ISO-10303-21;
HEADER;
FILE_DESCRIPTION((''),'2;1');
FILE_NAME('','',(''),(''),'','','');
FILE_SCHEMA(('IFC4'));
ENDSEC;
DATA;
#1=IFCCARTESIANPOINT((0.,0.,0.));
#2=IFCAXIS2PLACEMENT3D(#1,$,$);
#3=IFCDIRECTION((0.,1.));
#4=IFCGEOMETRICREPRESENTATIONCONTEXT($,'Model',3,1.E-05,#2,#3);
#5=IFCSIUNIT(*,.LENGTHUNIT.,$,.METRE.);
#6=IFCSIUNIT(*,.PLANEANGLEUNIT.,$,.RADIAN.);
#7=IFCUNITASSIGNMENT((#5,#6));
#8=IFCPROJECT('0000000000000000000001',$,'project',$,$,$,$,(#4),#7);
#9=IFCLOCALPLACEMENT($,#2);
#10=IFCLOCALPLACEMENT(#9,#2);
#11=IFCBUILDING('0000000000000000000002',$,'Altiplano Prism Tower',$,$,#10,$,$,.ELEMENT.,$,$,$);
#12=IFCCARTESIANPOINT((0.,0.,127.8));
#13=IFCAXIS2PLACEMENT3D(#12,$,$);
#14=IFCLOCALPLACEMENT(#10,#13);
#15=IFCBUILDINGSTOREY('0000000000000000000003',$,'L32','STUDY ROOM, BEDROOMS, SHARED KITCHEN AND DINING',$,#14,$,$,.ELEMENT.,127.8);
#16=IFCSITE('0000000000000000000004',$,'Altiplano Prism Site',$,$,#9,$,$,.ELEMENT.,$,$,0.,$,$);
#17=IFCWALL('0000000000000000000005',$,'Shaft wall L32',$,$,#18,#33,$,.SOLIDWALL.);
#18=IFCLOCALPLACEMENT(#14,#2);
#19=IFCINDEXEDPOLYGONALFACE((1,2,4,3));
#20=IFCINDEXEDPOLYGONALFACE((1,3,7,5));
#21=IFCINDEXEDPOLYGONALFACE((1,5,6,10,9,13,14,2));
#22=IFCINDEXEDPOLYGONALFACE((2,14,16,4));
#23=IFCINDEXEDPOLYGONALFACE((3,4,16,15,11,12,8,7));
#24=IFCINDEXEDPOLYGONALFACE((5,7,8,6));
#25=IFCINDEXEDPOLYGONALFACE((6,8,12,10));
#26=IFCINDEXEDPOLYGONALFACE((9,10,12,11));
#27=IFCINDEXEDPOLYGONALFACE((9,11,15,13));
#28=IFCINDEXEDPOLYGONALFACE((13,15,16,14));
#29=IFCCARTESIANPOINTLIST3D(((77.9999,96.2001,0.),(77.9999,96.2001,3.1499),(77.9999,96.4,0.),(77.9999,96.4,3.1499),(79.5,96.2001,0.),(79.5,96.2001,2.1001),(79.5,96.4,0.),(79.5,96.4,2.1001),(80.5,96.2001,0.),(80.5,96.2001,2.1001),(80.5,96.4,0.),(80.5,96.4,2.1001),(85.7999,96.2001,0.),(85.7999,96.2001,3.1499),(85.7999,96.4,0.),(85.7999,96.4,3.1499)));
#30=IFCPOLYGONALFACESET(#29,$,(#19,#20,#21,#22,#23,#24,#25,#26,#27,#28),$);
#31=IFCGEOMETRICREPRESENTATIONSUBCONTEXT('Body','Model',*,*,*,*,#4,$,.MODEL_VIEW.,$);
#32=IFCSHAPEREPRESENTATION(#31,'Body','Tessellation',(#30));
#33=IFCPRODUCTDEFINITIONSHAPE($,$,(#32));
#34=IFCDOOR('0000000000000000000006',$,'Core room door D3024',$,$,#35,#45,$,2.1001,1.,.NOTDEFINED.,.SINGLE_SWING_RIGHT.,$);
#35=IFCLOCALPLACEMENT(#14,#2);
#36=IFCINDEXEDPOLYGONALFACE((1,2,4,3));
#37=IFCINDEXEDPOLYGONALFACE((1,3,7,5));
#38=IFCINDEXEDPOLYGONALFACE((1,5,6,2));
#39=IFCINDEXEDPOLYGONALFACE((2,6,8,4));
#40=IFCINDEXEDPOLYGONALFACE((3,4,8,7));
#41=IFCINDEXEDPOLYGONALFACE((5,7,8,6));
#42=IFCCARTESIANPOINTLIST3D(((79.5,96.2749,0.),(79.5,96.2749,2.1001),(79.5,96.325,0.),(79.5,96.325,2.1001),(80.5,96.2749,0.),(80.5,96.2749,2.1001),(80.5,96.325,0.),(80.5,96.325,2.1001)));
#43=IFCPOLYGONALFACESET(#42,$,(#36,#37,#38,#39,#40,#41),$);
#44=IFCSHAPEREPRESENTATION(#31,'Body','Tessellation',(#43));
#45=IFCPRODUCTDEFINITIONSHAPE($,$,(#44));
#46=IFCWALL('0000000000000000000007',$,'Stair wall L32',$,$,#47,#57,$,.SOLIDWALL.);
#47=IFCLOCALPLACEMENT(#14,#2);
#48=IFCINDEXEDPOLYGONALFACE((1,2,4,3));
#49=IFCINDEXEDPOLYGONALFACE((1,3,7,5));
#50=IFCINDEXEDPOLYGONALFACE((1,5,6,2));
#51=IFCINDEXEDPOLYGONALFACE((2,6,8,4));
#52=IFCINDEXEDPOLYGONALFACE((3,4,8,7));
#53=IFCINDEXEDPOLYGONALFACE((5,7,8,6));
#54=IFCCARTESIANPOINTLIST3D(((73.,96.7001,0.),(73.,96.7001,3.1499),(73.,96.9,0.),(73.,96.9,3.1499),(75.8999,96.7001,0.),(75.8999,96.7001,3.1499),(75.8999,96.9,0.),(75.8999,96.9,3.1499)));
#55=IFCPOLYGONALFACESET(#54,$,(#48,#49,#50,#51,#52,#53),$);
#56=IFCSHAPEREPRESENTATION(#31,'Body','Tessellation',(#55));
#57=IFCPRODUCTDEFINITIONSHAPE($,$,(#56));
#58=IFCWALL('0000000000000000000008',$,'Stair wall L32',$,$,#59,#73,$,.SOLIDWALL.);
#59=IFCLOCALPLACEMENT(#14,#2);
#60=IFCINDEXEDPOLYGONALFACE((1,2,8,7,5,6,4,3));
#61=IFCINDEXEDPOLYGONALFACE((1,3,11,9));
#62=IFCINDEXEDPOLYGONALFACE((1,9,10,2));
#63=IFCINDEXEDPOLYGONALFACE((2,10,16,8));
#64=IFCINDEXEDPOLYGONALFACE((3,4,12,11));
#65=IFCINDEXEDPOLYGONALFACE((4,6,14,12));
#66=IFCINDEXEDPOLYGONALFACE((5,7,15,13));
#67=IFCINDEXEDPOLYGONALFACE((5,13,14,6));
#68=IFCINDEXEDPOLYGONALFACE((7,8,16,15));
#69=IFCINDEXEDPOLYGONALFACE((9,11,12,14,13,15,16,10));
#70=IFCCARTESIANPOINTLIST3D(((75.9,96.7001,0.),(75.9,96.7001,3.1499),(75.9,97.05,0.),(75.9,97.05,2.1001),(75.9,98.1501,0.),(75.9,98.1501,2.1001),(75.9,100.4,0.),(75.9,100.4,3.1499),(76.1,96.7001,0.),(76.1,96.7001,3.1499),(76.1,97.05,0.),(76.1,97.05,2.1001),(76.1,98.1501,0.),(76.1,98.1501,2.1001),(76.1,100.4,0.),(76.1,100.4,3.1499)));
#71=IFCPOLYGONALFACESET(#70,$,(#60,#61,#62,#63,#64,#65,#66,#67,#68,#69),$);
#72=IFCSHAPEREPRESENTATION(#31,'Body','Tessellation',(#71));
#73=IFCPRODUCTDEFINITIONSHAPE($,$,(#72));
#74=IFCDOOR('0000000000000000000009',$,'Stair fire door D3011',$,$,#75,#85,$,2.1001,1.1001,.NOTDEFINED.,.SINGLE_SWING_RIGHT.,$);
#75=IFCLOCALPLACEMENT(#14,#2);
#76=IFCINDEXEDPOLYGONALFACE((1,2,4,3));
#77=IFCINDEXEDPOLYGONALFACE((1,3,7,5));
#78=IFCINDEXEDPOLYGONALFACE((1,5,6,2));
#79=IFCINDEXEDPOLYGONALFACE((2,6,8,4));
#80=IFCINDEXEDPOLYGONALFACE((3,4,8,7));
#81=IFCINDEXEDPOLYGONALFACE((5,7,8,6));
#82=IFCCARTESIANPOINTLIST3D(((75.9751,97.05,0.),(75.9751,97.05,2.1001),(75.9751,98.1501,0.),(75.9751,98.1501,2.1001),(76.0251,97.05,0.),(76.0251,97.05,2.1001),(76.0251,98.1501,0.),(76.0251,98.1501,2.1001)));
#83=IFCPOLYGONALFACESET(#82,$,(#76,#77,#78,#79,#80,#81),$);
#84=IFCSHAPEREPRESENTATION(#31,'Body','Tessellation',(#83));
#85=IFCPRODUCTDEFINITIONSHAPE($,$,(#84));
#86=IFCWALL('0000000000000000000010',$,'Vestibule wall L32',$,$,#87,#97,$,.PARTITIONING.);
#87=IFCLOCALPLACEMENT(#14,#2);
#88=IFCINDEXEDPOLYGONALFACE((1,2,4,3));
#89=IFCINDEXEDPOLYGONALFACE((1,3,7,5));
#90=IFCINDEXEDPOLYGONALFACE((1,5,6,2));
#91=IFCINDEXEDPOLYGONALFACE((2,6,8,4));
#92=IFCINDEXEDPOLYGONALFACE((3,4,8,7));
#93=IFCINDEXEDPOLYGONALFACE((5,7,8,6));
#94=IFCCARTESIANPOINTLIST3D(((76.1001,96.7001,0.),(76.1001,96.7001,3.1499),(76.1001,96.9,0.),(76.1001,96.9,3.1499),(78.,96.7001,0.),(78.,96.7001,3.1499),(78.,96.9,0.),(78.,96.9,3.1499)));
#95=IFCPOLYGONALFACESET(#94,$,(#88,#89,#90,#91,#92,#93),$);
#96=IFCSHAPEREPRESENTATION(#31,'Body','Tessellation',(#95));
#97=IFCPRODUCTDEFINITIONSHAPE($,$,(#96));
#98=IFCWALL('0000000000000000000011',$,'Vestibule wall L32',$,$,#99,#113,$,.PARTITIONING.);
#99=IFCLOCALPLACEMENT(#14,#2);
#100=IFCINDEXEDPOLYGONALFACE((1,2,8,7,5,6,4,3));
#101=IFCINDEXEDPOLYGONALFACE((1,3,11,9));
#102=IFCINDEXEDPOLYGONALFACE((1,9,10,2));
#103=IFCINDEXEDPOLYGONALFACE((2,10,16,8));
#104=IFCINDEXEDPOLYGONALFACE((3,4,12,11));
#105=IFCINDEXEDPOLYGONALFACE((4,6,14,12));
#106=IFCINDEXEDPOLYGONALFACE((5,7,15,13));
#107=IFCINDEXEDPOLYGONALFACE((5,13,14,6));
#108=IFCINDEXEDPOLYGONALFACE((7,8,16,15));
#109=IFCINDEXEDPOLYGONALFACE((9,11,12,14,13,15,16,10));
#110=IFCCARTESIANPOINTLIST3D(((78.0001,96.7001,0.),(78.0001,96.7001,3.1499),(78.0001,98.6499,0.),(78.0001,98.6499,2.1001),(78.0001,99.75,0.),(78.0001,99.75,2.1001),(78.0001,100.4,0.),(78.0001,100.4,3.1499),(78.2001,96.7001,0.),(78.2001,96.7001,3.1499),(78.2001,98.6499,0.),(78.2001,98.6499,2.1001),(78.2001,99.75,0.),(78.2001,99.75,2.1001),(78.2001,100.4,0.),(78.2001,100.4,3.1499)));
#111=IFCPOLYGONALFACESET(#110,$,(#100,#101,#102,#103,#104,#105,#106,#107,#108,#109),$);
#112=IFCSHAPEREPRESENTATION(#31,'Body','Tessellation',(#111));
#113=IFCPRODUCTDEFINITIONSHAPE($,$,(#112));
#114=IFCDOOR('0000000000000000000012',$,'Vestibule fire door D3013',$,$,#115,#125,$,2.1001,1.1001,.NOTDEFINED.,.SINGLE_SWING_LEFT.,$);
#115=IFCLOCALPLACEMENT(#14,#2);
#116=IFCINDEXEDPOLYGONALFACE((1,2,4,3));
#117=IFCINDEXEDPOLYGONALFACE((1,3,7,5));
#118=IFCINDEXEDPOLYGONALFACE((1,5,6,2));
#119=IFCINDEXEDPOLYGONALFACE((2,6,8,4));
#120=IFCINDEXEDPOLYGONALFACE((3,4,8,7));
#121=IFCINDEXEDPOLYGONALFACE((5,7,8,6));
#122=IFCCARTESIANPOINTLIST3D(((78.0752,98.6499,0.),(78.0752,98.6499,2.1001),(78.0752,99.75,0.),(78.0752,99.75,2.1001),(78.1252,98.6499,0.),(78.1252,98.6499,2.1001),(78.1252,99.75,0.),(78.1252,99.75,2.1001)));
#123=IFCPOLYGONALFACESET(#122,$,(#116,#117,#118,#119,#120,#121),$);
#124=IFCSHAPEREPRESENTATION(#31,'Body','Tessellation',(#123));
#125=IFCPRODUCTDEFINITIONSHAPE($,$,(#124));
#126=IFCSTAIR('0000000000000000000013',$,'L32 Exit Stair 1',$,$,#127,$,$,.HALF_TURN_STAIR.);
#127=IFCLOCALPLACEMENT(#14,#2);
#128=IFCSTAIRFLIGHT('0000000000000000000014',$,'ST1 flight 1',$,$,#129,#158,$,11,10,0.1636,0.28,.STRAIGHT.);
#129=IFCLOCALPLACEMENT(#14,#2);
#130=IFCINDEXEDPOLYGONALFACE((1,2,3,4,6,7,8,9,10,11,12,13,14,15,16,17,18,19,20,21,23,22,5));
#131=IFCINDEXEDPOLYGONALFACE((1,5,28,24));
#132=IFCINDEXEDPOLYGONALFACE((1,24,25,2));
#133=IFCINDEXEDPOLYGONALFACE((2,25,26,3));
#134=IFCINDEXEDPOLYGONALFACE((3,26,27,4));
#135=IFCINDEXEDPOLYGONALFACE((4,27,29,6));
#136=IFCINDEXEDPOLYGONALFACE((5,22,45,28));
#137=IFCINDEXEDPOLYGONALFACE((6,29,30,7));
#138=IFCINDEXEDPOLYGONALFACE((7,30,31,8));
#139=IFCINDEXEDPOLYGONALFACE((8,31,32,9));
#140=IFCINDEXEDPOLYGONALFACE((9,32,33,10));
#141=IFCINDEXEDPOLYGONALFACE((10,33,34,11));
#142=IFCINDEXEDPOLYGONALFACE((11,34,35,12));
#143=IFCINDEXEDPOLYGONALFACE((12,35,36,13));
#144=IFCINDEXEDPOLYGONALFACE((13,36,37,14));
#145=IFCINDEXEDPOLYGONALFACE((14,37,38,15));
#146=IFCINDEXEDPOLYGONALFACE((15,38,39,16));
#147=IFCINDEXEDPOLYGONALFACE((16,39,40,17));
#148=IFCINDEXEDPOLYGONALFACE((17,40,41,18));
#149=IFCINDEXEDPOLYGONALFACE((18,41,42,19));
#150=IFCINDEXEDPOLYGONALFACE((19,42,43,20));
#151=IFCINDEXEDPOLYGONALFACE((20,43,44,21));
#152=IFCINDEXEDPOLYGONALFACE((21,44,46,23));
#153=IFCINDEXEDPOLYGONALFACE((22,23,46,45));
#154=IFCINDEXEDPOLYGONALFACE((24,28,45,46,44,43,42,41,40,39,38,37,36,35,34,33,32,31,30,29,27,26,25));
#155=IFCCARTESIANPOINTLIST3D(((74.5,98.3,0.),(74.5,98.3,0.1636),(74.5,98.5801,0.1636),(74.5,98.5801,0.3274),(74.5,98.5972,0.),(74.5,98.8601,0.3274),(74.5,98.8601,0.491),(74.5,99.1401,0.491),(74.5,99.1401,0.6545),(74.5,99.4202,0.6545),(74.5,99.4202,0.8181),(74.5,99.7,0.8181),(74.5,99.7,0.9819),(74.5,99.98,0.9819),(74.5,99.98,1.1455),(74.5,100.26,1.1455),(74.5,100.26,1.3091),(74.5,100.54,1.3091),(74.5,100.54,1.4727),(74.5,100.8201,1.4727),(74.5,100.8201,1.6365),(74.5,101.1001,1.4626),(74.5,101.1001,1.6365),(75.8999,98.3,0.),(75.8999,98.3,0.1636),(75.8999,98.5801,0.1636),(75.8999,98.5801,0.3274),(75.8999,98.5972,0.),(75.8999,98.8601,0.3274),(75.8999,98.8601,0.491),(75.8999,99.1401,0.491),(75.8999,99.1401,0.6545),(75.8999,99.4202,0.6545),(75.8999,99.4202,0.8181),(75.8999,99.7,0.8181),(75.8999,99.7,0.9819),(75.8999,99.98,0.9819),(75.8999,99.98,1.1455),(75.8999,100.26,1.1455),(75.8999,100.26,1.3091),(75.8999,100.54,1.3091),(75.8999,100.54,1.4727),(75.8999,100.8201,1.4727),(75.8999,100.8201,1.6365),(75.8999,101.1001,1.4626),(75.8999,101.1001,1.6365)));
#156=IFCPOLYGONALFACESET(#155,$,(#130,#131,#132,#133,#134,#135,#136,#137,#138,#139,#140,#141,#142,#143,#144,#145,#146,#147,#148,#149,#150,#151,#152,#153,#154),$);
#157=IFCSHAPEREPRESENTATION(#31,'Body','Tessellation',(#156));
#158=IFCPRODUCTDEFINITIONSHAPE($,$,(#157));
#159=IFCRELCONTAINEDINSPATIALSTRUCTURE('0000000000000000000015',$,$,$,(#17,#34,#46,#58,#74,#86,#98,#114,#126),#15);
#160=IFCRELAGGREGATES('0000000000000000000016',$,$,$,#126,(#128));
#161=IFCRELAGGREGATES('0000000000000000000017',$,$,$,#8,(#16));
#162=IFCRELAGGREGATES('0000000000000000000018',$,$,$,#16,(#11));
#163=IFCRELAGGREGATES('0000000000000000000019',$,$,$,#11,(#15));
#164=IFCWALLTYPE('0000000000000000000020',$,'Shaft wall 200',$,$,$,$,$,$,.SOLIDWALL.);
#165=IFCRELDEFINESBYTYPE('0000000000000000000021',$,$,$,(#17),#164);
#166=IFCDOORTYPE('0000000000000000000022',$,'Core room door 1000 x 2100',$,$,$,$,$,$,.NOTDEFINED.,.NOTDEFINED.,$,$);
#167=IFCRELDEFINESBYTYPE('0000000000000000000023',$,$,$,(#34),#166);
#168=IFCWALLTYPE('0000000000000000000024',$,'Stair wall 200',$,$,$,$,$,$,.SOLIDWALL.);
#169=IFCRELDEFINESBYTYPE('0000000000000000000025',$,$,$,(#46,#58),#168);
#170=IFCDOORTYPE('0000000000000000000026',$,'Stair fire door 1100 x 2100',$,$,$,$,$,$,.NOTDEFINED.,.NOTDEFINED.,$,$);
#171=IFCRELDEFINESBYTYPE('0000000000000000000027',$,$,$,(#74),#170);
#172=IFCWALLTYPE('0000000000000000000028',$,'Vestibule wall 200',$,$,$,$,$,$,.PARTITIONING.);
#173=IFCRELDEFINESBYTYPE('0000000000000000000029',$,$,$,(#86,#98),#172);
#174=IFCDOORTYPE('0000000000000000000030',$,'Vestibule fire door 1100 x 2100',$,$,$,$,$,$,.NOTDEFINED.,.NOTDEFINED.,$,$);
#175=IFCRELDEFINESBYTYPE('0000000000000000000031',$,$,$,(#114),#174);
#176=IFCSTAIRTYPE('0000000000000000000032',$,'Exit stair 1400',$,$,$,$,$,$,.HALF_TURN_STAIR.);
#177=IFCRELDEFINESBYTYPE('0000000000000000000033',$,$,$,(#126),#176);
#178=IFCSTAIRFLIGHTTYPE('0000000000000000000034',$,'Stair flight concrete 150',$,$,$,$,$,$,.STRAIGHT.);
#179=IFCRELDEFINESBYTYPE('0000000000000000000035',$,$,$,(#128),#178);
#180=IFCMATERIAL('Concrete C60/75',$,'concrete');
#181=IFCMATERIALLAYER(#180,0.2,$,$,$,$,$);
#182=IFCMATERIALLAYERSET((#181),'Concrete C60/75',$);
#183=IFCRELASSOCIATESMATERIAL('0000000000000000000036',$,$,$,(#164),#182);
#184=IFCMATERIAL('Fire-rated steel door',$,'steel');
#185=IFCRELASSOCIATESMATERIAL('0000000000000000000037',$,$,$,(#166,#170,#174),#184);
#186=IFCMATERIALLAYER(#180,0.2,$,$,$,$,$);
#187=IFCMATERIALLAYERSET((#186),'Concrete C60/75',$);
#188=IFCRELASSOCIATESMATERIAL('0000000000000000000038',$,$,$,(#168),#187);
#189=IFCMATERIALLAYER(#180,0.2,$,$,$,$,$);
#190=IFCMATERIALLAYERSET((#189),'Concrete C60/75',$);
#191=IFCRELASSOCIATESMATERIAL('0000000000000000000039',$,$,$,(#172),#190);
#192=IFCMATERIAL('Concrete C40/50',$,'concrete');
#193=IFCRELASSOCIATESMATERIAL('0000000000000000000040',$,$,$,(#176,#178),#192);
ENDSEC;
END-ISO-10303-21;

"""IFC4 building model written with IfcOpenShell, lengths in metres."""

from ifc_helpers import new_model, si_unit, direction, frame, frame_2d, origin, place, context, subcontext, project, spatial, polyline, rectangle, outline, extrude, material, layer, layer_set, type_object, element, fill, aggregate, save


model = new_model("IFC4")

# Units and contexts
model_context = context("Model", 3, precision=1e-05, world=origin(), true_north=direction((0.0, 1.0)))
body_context = subcontext(model_context, "Body", "Model", "MODEL_VIEW")
ifc_project = project(units=[si_unit("LENGTHUNIT", "METRE"), si_unit("PLANEANGLEUNIT", "RADIAN")], contexts=[model_context])

# Site, building, storey
site_placement = place(None, origin())
site = spatial("IfcSite", under=ifc_project, at=site_placement, Name="Altiplano Prism Site", CompositionType="ELEMENT", RefElevation=0.0)
building_placement = place(site_placement, origin())
building = spatial("IfcBuilding", under=site, at=building_placement, Name="Altiplano Prism Tower", CompositionType="ELEMENT")
storey_placement = place(building_placement, frame((0.0, 0.0, 127.8)))
storey = spatial("IfcBuildingStorey", under=building, at=storey_placement, Name="L32", Description="STUDY ROOM, BEDROOMS, SHARED KITCHEN AND DINING", CompositionType="ELEMENT", Elevation=127.8)

# Wall, opening, door
ifc_material_1 = material(Name="Concrete C60/75", Category="concrete")
ifc_layer_1 = layer(ifc_material_1, 0.2)
ifc_layer_set_1 = layer_set([ifc_layer_1], Name="Concrete C60/75")
wall_type_1 = type_object("IfcWallType", Name="Shaft wall 200", PredefinedType="SOLIDWALL", material=ifc_layer_set_1)
wall_1_placement = place(storey_placement, frame((78.0, 96.3, 0.0), z_axis=(0.0, 0.0, 1.0), x_axis=(1.0, 0.0, 0.0)))
wall_1 = element("IfcWall", 1, at=wall_1_placement, inside=storey, type_object=wall_type_1, Name="Shaft wall L32", PredefinedType="SOLIDWALL", context=body_context, shape_type="SweptSolid", body=[
    extrude(rectangle(XDim=7.8, YDim=0.2, at=frame_2d((3.8999, 0.0))), origin(), (0.0, 0.0, 1.0), 3.1499),
])
opening_1_placement = place(wall_1_placement, frame((1.5, 0.0, 0.0)))
opening_1 = element("IfcOpeningElement", 2, at=opening_1_placement, cuts=wall_1, PredefinedType="OPENING", context=body_context, shape_type="SweptSolid", body=[
    extrude(rectangle(XDim=1.0, YDim=2.1001, at=frame_2d((0.5, 1.05))), frame((0.0, 0.1104, 0.0), z_axis=(0.0, -1.0, 0.0), x_axis=(1.0, 0.0, 0.0)), (0.0, 0.0, 1.0), 0.2209),
])
ifc_material_2 = material(Name="Fire-rated steel door", Category="steel")
door_type_1 = type_object("IfcDoorType", Name="Core room door 1000 x 2100", OperationType="NOTDEFINED", PredefinedType="NOTDEFINED", material=ifc_material_2)
door_1_placement = place(opening_1_placement, origin())
door_1 = element("IfcDoor", 3, at=door_1_placement, inside=storey, type_object=door_type_1, Name="Core room door D3024", OperationType="SINGLE_SWING_RIGHT", OverallHeight=2.1001, OverallWidth=1.0, PredefinedType="NOTDEFINED", context=body_context, shape_type="SweptSolid", body=[
    extrude(rectangle(XDim=1.0, YDim=2.1001, at=frame_2d((0.5, 1.05))), frame((0.0, 0.0249, 0.0), z_axis=(0.0, -1.0, 0.0), x_axis=(1.0, 0.0, 0.0)), (0.0, 0.0, 1.0), 0.05),
])
fill(opening_1, door_1)

# Wall
ifc_layer_2 = layer(ifc_material_1, 0.2)
ifc_layer_set_2 = layer_set([ifc_layer_2], Name="Concrete C60/75")
wall_type_2 = type_object("IfcWallType", Name="Stair wall 200", PredefinedType="SOLIDWALL", material=ifc_layer_set_2)
wall_2_placement = place(storey_placement, frame((73.0, 96.8, 0.0), z_axis=(0.0, 0.0, 1.0), x_axis=(1.0, 0.0, 0.0)))
element("IfcWall", 4, at=wall_2_placement, inside=storey, type_object=wall_type_2, Name="Stair wall L32", PredefinedType="SOLIDWALL", context=body_context, shape_type="SweptSolid", body=[
    extrude(rectangle(XDim=2.8999, YDim=0.2, at=frame_2d((1.45, 0.0))), origin(), (0.0, 0.0, 1.0), 3.1499),
])

# Wall, opening, door
wall_3_placement = place(storey_placement, frame((76.0, 96.7, 0.0), z_axis=(0.0, 0.0, 1.0), x_axis=(0.0, 1.0, 0.0)))
wall_3 = element("IfcWall", 5, at=wall_3_placement, inside=storey, type_object=wall_type_2, Name="Stair wall L32", PredefinedType="SOLIDWALL", context=body_context, shape_type="SweptSolid", body=[
    extrude(rectangle(XDim=3.7, YDim=0.2, at=frame_2d((1.8501, 0.0))), origin(), (0.0, 0.0, 1.0), 3.1499),
])
opening_2_placement = place(wall_3_placement, frame((0.3501, 0.0, 0.0)))
opening_2 = element("IfcOpeningElement", 6, at=opening_2_placement, cuts=wall_3, PredefinedType="OPENING", context=body_context, shape_type="SweptSolid", body=[
    extrude(rectangle(XDim=1.1001, YDim=2.1001, at=frame_2d((0.55, 1.05))), frame((0.0, 0.1104, 0.0), z_axis=(0.0, -1.0, 0.0), x_axis=(1.0, 0.0, 0.0)), (0.0, 0.0, 1.0), 0.2209),
])
door_type_2 = type_object("IfcDoorType", Name="Stair fire door 1100 x 2100", OperationType="NOTDEFINED", PredefinedType="NOTDEFINED", material=ifc_material_2)
door_2_placement = place(opening_2_placement, origin())
door_2 = element("IfcDoor", 7, at=door_2_placement, inside=storey, type_object=door_type_2, Name="Stair fire door D3011", OperationType="SINGLE_SWING_RIGHT", OverallHeight=2.1001, OverallWidth=1.1001, PredefinedType="NOTDEFINED", context=body_context, shape_type="SweptSolid", body=[
    extrude(rectangle(XDim=1.1001, YDim=2.1001, at=frame_2d((0.55, 1.05))), frame((0.0, 0.0249, 0.0), z_axis=(0.0, -1.0, 0.0), x_axis=(1.0, 0.0, 0.0)), (0.0, 0.0, 1.0), 0.05),
])
fill(opening_2, door_2)

# Wall
ifc_layer_3 = layer(ifc_material_1, 0.2)
ifc_layer_set_3 = layer_set([ifc_layer_3], Name="Concrete C60/75")
wall_type_3 = type_object("IfcWallType", Name="Vestibule wall 200", PredefinedType="PARTITIONING", material=ifc_layer_set_3)
wall_4_placement = place(storey_placement, frame((76.1001, 96.8, 0.0), z_axis=(0.0, 0.0, 1.0), x_axis=(1.0, 0.0, 0.0)))
element("IfcWall", 8, at=wall_4_placement, inside=storey, type_object=wall_type_3, Name="Vestibule wall L32", PredefinedType="PARTITIONING", context=body_context, shape_type="SweptSolid", body=[
    extrude(rectangle(XDim=1.8999, YDim=0.2, at=frame_2d((0.95, 0.0))), origin(), (0.0, 0.0, 1.0), 3.1499),
])

# Wall, opening, door
wall_5_placement = place(storey_placement, frame((78.1001, 96.7, 0.0), z_axis=(0.0, 0.0, 1.0), x_axis=(0.0, 1.0, 0.0)))
wall_5 = element("IfcWall", 9, at=wall_5_placement, inside=storey, type_object=wall_type_3, Name="Vestibule wall L32", PredefinedType="PARTITIONING", context=body_context, shape_type="SweptSolid", body=[
    extrude(rectangle(XDim=3.7, YDim=0.2, at=frame_2d((1.8501, 0.0))), origin(), (0.0, 0.0, 1.0), 3.1499),
])
opening_3_placement = place(wall_5_placement, frame((1.95, 0.0, 0.0)))
opening_3 = element("IfcOpeningElement", 10, at=opening_3_placement, cuts=wall_5, PredefinedType="OPENING", context=body_context, shape_type="SweptSolid", body=[
    extrude(rectangle(XDim=1.1001, YDim=2.1001, at=frame_2d((0.55, 1.05))), frame((0.0, 0.1104, 0.0), z_axis=(0.0, -1.0, 0.0), x_axis=(1.0, 0.0, 0.0)), (0.0, 0.0, 1.0), 0.2209),
])
door_type_3 = type_object("IfcDoorType", Name="Vestibule fire door 1100 x 2100", OperationType="NOTDEFINED", PredefinedType="NOTDEFINED", material=ifc_material_2)
door_3_placement = place(opening_3_placement, origin())
door_3 = element("IfcDoor", 11, at=door_3_placement, inside=storey, type_object=door_type_3, Name="Vestibule fire door D3013", OperationType="SINGLE_SWING_LEFT", OverallHeight=2.1001, OverallWidth=1.1001, PredefinedType="NOTDEFINED", context=body_context, shape_type="SweptSolid", body=[
    extrude(rectangle(XDim=1.1001, YDim=2.1001, at=frame_2d((0.55, 1.05))), frame((0.0, 0.0249, 0.0), z_axis=(0.0, -1.0, 0.0), x_axis=(1.0, 0.0, 0.0)), (0.0, 0.0, 1.0), 0.05),
])
fill(opening_3, door_3)

# Stair, stair flight
ifc_material_3 = material(Name="Concrete C40/50", Category="concrete")
stair_type = type_object("IfcStairType", Name="Exit stair 1400", PredefinedType="HALF_TURN_STAIR", material=ifc_material_3)
stair_placement = place(storey_placement, origin())
stair = element("IfcStair", 12, at=stair_placement, inside=storey, type_object=stair_type, Name="L32 Exit Stair 1", PredefinedType="HALF_TURN_STAIR")
stair_flight_type = type_object("IfcStairFlightType", Name="Stair flight concrete 150", PredefinedType="STRAIGHT", material=ifc_material_3)
stair_flight_placement = place(storey_placement, frame((75.2, 98.3, 0.0), z_axis=(0.0, 0.0, 1.0), x_axis=(0.0, 1.0, 0.0)))
stair_flight = element("IfcStairFlight", 13, at=stair_flight_placement, type_object=stair_flight_type, Name="ST1 flight 1", NumberOfRisers=11, NumberOfTreads=10, PredefinedType="STRAIGHT", RiserHeight=0.1636, TreadLength=0.28, context=body_context, shape_type="SweptSolid", body=[
    extrude(outline(polyline([(0.0, 0.0), (0.0, 0.1636), (0.28, 0.1636), (0.28, 0.3274), (0.5601, 0.3274), (0.5601, 0.491), (0.8401, 0.491), (0.8401, 0.6545), (1.1201, 0.6545), (1.1201, 0.8181), (1.3999, 0.8181), (1.3999, 0.9819), (1.6799, 0.9819), (1.6799, 1.1455), (1.96, 1.1455), (1.96, 1.3091), (2.24, 1.3091), (2.24, 1.4727), (2.52, 1.4727), (2.52, 1.6365), (2.8, 1.6365), (2.8, 1.8), (2.8, 1.4626), (0.2971, 0.0), (0.0, 0.0)])), frame((0.0, 0.7, 0.0), z_axis=(0.0, -1.0, 0.0), x_axis=(1.0, 0.0, 0.0)), (0.0, 0.0, 1.0), 1.3999),
])
aggregate(stair, [stair_flight])

save(model, "model.ifc")
